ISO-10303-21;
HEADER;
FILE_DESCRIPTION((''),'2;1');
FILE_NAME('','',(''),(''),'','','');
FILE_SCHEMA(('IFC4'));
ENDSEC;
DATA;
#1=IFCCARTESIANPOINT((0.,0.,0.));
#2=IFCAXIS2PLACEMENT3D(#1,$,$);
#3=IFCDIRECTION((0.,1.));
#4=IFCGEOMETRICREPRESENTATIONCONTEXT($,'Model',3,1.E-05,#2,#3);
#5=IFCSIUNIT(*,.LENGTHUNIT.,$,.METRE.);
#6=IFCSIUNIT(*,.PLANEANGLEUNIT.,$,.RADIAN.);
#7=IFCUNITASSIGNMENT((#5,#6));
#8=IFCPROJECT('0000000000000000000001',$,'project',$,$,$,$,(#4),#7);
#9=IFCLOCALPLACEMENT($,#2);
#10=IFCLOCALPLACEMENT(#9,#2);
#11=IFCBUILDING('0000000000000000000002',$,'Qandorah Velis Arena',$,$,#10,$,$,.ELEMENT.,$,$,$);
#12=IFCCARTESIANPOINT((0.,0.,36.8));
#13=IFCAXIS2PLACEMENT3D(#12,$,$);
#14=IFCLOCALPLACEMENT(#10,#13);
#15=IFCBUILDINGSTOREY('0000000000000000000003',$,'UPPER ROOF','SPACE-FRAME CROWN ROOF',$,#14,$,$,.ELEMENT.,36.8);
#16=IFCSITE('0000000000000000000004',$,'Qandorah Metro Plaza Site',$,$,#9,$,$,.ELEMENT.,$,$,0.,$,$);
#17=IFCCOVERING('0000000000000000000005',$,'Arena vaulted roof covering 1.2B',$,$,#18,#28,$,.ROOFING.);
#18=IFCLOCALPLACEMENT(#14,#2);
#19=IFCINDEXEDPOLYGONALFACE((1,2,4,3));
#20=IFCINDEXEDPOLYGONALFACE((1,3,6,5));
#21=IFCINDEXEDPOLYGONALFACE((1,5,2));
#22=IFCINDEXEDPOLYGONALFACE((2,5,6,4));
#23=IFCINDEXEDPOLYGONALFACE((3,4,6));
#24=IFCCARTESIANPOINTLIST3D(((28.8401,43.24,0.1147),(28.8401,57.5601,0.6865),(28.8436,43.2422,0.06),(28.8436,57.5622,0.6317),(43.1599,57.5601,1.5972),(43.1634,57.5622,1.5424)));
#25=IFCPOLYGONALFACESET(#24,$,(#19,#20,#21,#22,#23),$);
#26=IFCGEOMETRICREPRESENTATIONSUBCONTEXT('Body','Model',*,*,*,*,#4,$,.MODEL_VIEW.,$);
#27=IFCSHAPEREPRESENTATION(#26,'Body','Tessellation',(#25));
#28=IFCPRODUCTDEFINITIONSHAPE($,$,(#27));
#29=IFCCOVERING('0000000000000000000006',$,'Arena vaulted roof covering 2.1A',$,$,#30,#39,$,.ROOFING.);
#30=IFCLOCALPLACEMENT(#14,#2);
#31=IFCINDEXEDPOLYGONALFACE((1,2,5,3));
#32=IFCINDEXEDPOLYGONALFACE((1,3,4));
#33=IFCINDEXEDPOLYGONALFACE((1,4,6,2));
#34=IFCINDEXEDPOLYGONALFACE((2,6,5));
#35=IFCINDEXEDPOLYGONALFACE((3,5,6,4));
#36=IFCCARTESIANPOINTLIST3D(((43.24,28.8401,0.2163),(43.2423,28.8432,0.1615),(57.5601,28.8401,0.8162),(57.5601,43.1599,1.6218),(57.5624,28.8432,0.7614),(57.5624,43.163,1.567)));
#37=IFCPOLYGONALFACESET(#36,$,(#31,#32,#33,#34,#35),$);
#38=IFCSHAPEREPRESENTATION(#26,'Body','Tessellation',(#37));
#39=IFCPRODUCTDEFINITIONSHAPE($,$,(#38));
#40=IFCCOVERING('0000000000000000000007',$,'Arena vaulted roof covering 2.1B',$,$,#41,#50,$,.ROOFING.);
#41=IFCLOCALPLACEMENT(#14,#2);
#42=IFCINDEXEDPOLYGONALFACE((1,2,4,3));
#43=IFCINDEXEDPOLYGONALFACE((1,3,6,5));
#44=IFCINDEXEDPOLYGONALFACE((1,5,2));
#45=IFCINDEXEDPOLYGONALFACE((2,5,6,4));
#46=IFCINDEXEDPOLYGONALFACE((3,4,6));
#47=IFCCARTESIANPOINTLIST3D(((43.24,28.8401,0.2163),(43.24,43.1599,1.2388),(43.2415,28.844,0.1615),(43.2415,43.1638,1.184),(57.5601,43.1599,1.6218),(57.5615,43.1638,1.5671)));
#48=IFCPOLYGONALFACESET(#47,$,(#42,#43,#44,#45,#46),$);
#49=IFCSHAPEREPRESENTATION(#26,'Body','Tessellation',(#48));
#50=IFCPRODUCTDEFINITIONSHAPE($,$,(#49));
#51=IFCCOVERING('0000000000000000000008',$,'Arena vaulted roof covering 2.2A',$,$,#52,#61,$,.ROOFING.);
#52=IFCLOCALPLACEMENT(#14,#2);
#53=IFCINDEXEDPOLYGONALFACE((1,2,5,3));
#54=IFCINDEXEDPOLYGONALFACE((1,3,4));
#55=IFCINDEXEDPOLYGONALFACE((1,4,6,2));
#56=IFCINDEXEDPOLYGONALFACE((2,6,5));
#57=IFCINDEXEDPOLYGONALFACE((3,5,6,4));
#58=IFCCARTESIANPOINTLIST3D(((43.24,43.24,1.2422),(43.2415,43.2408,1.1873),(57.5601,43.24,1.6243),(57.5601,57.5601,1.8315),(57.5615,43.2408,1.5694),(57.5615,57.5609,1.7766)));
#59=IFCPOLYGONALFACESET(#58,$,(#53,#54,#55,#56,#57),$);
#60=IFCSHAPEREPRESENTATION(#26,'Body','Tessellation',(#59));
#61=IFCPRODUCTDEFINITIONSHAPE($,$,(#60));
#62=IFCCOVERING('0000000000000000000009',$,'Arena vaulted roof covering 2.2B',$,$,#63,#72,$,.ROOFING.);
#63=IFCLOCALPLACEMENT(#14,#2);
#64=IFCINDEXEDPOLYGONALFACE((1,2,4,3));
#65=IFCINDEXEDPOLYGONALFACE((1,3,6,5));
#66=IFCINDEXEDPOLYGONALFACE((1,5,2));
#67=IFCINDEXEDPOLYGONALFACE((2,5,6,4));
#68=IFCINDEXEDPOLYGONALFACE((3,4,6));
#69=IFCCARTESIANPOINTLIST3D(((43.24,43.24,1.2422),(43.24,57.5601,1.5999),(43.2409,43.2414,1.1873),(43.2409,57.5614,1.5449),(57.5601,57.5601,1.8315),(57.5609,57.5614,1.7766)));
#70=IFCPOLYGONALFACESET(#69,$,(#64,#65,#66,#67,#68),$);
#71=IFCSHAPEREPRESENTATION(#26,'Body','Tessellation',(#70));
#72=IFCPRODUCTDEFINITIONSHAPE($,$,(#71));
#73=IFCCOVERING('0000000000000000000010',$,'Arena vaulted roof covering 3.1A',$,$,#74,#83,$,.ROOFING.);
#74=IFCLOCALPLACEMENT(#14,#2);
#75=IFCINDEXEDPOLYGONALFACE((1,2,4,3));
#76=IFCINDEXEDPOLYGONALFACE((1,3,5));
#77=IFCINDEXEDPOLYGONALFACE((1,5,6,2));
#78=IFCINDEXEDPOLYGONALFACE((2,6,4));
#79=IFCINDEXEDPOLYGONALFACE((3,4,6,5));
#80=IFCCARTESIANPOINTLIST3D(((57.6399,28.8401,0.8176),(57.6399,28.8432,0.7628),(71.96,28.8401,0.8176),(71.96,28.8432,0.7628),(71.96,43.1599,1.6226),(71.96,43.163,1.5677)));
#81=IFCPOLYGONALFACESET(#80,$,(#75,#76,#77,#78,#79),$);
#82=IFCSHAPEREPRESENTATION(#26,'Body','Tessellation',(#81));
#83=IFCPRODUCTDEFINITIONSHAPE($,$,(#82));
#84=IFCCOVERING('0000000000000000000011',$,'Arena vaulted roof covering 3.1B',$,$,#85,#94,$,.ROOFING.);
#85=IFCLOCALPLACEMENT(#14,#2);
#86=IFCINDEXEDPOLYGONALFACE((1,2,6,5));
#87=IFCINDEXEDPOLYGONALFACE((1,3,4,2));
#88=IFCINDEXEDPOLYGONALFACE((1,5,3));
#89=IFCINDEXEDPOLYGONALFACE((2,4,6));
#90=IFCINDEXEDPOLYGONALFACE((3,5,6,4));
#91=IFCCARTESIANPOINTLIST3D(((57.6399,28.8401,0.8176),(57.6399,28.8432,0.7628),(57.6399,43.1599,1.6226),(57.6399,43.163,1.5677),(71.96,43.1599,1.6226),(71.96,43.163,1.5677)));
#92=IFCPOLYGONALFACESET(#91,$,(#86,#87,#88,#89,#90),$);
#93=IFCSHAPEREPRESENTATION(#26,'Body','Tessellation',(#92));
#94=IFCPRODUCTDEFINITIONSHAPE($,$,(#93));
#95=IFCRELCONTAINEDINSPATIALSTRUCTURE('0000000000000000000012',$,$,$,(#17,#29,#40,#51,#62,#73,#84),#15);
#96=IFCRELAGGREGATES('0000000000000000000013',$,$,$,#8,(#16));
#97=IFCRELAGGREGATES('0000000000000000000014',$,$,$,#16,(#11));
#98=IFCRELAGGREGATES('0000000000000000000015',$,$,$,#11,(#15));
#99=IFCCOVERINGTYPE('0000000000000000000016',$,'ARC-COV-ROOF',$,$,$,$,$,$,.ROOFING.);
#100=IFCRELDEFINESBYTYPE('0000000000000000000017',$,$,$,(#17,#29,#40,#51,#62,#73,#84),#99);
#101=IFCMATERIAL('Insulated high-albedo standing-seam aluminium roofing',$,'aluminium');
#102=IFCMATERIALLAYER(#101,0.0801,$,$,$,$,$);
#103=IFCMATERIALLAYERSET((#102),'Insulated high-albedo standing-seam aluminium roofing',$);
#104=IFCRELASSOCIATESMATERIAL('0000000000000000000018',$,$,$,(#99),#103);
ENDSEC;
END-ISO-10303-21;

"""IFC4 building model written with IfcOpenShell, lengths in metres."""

from ifc_helpers import new_model, si_unit, direction, frame, origin, place, context, subcontext, project, spatial, polyline, outline, extrude, material, layer, layer_set, type_object, element, save


model = new_model("IFC4")

# Units and contexts
model_context = context("Model", 3, precision=1e-05, world=origin(), true_north=direction((0.0, 1.0)))
body_context = subcontext(model_context, "Body", "Model", "MODEL_VIEW")
ifc_project = project(units=[si_unit("LENGTHUNIT", "METRE"), si_unit("PLANEANGLEUNIT", "RADIAN")], contexts=[model_context])

# Site, building, storey
site_placement = place(None, origin())
site = spatial("IfcSite", under=ifc_project, at=site_placement, Name="Qandorah Metro Plaza Site", CompositionType="ELEMENT", RefElevation=0.0)
building_placement = place(site_placement, origin())
building = spatial("IfcBuilding", under=site, at=building_placement, Name="Qandorah Velis Arena", CompositionType="ELEMENT")
storey_placement = place(building_placement, frame((0.0, 0.0, 36.8)))
storey = spatial("IfcBuildingStorey", under=building, at=storey_placement, Name="UPPER ROOF", Description="SPACE-FRAME CROWN ROOF", CompositionType="ELEMENT", Elevation=36.8)

# Coverings
ifc_material_1 = material(Name="Insulated high-albedo standing-seam aluminium roofing", Category="aluminium")
ifc_layer_1 = layer(ifc_material_1, 0.0801)
ifc_layer_set_1 = layer_set([ifc_layer_1], Name="Insulated high-albedo standing-seam aluminium roofing")
covering_type = type_object("IfcCoveringType", Name="ARC-COV-ROOF", PredefinedType="ROOFING", material=ifc_layer_set_1)
covering_1_placement = place(storey_placement, frame((28.8401, 43.24, 0.1147), z_axis=(-0.063415, -0.039816, 0.997193), x_axis=(0.705214, 0.705226, 0.073005)))
element("IfcCovering", 1, at=covering_1_placement, inside=storey, type_object=covering_type, Name="Arena vaulted roof covering 1.2B", PredefinedType="ROOFING", context=body_context, shape_type="SweptSolid", body=[
    extrude(outline(polyline([(0.0, 0.0), (20.3056, 0.0), (10.1406, 10.1271), (0.0, 0.0)])), origin(), (0.0, 0.0, -1.0), 0.0549),
])
covering_2_placement = place(storey_placement, frame((43.24, 28.8401, 0.2163), z_axis=(-0.041786, -0.056124, 0.997549), x_axis=(0.999124, 0.0, 0.041852)))
element("IfcCovering", 2, at=covering_2_placement, inside=storey, type_object=covering_type, Name="Arena vaulted roof covering 2.1A", PredefinedType="ROOFING", context=body_context, shape_type="SweptSolid", body=[
    extrude(outline(polyline([(0.0, 0.0), (14.3326, 0.0), (14.3663, 14.3424), (0.0, 0.0)])), origin(), (0.0, 0.0, -1.0), 0.0549),
])
covering_3_placement = place(storey_placement, frame((43.24, 28.8401, 0.2163), z_axis=(-0.026672, -0.071195, 0.997106), x_axis=(0.705416, 0.705404, 0.069237)))
element("IfcCovering", 3, at=covering_3_placement, inside=storey, type_object=covering_type, Name="Arena vaulted roof covering 2.1B", PredefinedType="ROOFING", context=body_context, shape_type="SweptSolid", body=[
    extrude(outline(polyline([(0.0, 0.0), (20.3002, 0.0), (10.1721, 10.1308), (0.0, 0.0)])), origin(), (0.0, 0.0, -1.0), 0.0549),
])
covering_4_placement = place(storey_placement, frame((43.24, 43.24, 1.2422), z_axis=(-0.026669, -0.014468, 0.99954), x_axis=(0.999644, 0.0, 0.026672)))
element("IfcCovering", 4, at=covering_4_placement, inside=storey, type_object=covering_type, Name="Arena vaulted roof covering 2.2A", PredefinedType="ROOFING", context=body_context, shape_type="SweptSolid", body=[
    extrude(outline(polyline([(0.0, 0.0), (14.3252, 0.0), (14.3307, 14.3216), (0.0, 0.0)])), origin(), (0.0, 0.0, -1.0), 0.0549),
])
covering_5_placement = place(storey_placement, frame((43.24, 43.24, 1.2422), z_axis=(-0.016172, -0.024966, 0.999557), x_axis=(0.706808, 0.706808, 0.029089)))
element("IfcCovering", 5, at=covering_5_placement, inside=storey, type_object=covering_type, Name="Arena vaulted roof covering 2.2B", PredefinedType="ROOFING", context=body_context, shape_type="SweptSolid", body=[
    extrude(outline(polyline([(0.0, 0.0), (20.2602, 0.0), (10.1319, 10.126), (0.0, 0.0)])), origin(), (0.0, 0.0, -1.0), 0.0549),
])
covering_6_placement = place(storey_placement, frame((57.6399, 28.8401, 0.8176), z_axis=(0.0, -0.056122, 0.998424), x_axis=(1.0, 0.0, 0.0)))
element("IfcCovering", 6, at=covering_6_placement, inside=storey, type_object=covering_type, Name="Arena vaulted roof covering 3.1A", PredefinedType="ROOFING", context=body_context, shape_type="SweptSolid", body=[
    extrude(outline(polyline([(0.0, 0.0), (14.3201, 0.0), (14.3201, 14.3424), (0.0, 0.0)])), origin(), (0.0, 0.0, -1.0), 0.0549),
])
covering_7_placement = place(storey_placement, frame((57.6399, 28.8401, 0.8176), z_axis=(0.0, -0.056122, 0.998424), x_axis=(0.706555, 0.706543, 0.039715)))
element("IfcCovering", 7, at=covering_7_placement, inside=storey, type_object=covering_type, Name="Arena vaulted roof covering 3.1B", PredefinedType="ROOFING", context=body_context, shape_type="SweptSolid", body=[
    extrude(outline(polyline([(0.0, 0.0), (20.2675, 0.0), (10.1495, 10.1337), (0.0, 0.0)])), origin(), (0.0, 0.0, -1.0), 0.0549),
])

save(model, "model.ifc")
